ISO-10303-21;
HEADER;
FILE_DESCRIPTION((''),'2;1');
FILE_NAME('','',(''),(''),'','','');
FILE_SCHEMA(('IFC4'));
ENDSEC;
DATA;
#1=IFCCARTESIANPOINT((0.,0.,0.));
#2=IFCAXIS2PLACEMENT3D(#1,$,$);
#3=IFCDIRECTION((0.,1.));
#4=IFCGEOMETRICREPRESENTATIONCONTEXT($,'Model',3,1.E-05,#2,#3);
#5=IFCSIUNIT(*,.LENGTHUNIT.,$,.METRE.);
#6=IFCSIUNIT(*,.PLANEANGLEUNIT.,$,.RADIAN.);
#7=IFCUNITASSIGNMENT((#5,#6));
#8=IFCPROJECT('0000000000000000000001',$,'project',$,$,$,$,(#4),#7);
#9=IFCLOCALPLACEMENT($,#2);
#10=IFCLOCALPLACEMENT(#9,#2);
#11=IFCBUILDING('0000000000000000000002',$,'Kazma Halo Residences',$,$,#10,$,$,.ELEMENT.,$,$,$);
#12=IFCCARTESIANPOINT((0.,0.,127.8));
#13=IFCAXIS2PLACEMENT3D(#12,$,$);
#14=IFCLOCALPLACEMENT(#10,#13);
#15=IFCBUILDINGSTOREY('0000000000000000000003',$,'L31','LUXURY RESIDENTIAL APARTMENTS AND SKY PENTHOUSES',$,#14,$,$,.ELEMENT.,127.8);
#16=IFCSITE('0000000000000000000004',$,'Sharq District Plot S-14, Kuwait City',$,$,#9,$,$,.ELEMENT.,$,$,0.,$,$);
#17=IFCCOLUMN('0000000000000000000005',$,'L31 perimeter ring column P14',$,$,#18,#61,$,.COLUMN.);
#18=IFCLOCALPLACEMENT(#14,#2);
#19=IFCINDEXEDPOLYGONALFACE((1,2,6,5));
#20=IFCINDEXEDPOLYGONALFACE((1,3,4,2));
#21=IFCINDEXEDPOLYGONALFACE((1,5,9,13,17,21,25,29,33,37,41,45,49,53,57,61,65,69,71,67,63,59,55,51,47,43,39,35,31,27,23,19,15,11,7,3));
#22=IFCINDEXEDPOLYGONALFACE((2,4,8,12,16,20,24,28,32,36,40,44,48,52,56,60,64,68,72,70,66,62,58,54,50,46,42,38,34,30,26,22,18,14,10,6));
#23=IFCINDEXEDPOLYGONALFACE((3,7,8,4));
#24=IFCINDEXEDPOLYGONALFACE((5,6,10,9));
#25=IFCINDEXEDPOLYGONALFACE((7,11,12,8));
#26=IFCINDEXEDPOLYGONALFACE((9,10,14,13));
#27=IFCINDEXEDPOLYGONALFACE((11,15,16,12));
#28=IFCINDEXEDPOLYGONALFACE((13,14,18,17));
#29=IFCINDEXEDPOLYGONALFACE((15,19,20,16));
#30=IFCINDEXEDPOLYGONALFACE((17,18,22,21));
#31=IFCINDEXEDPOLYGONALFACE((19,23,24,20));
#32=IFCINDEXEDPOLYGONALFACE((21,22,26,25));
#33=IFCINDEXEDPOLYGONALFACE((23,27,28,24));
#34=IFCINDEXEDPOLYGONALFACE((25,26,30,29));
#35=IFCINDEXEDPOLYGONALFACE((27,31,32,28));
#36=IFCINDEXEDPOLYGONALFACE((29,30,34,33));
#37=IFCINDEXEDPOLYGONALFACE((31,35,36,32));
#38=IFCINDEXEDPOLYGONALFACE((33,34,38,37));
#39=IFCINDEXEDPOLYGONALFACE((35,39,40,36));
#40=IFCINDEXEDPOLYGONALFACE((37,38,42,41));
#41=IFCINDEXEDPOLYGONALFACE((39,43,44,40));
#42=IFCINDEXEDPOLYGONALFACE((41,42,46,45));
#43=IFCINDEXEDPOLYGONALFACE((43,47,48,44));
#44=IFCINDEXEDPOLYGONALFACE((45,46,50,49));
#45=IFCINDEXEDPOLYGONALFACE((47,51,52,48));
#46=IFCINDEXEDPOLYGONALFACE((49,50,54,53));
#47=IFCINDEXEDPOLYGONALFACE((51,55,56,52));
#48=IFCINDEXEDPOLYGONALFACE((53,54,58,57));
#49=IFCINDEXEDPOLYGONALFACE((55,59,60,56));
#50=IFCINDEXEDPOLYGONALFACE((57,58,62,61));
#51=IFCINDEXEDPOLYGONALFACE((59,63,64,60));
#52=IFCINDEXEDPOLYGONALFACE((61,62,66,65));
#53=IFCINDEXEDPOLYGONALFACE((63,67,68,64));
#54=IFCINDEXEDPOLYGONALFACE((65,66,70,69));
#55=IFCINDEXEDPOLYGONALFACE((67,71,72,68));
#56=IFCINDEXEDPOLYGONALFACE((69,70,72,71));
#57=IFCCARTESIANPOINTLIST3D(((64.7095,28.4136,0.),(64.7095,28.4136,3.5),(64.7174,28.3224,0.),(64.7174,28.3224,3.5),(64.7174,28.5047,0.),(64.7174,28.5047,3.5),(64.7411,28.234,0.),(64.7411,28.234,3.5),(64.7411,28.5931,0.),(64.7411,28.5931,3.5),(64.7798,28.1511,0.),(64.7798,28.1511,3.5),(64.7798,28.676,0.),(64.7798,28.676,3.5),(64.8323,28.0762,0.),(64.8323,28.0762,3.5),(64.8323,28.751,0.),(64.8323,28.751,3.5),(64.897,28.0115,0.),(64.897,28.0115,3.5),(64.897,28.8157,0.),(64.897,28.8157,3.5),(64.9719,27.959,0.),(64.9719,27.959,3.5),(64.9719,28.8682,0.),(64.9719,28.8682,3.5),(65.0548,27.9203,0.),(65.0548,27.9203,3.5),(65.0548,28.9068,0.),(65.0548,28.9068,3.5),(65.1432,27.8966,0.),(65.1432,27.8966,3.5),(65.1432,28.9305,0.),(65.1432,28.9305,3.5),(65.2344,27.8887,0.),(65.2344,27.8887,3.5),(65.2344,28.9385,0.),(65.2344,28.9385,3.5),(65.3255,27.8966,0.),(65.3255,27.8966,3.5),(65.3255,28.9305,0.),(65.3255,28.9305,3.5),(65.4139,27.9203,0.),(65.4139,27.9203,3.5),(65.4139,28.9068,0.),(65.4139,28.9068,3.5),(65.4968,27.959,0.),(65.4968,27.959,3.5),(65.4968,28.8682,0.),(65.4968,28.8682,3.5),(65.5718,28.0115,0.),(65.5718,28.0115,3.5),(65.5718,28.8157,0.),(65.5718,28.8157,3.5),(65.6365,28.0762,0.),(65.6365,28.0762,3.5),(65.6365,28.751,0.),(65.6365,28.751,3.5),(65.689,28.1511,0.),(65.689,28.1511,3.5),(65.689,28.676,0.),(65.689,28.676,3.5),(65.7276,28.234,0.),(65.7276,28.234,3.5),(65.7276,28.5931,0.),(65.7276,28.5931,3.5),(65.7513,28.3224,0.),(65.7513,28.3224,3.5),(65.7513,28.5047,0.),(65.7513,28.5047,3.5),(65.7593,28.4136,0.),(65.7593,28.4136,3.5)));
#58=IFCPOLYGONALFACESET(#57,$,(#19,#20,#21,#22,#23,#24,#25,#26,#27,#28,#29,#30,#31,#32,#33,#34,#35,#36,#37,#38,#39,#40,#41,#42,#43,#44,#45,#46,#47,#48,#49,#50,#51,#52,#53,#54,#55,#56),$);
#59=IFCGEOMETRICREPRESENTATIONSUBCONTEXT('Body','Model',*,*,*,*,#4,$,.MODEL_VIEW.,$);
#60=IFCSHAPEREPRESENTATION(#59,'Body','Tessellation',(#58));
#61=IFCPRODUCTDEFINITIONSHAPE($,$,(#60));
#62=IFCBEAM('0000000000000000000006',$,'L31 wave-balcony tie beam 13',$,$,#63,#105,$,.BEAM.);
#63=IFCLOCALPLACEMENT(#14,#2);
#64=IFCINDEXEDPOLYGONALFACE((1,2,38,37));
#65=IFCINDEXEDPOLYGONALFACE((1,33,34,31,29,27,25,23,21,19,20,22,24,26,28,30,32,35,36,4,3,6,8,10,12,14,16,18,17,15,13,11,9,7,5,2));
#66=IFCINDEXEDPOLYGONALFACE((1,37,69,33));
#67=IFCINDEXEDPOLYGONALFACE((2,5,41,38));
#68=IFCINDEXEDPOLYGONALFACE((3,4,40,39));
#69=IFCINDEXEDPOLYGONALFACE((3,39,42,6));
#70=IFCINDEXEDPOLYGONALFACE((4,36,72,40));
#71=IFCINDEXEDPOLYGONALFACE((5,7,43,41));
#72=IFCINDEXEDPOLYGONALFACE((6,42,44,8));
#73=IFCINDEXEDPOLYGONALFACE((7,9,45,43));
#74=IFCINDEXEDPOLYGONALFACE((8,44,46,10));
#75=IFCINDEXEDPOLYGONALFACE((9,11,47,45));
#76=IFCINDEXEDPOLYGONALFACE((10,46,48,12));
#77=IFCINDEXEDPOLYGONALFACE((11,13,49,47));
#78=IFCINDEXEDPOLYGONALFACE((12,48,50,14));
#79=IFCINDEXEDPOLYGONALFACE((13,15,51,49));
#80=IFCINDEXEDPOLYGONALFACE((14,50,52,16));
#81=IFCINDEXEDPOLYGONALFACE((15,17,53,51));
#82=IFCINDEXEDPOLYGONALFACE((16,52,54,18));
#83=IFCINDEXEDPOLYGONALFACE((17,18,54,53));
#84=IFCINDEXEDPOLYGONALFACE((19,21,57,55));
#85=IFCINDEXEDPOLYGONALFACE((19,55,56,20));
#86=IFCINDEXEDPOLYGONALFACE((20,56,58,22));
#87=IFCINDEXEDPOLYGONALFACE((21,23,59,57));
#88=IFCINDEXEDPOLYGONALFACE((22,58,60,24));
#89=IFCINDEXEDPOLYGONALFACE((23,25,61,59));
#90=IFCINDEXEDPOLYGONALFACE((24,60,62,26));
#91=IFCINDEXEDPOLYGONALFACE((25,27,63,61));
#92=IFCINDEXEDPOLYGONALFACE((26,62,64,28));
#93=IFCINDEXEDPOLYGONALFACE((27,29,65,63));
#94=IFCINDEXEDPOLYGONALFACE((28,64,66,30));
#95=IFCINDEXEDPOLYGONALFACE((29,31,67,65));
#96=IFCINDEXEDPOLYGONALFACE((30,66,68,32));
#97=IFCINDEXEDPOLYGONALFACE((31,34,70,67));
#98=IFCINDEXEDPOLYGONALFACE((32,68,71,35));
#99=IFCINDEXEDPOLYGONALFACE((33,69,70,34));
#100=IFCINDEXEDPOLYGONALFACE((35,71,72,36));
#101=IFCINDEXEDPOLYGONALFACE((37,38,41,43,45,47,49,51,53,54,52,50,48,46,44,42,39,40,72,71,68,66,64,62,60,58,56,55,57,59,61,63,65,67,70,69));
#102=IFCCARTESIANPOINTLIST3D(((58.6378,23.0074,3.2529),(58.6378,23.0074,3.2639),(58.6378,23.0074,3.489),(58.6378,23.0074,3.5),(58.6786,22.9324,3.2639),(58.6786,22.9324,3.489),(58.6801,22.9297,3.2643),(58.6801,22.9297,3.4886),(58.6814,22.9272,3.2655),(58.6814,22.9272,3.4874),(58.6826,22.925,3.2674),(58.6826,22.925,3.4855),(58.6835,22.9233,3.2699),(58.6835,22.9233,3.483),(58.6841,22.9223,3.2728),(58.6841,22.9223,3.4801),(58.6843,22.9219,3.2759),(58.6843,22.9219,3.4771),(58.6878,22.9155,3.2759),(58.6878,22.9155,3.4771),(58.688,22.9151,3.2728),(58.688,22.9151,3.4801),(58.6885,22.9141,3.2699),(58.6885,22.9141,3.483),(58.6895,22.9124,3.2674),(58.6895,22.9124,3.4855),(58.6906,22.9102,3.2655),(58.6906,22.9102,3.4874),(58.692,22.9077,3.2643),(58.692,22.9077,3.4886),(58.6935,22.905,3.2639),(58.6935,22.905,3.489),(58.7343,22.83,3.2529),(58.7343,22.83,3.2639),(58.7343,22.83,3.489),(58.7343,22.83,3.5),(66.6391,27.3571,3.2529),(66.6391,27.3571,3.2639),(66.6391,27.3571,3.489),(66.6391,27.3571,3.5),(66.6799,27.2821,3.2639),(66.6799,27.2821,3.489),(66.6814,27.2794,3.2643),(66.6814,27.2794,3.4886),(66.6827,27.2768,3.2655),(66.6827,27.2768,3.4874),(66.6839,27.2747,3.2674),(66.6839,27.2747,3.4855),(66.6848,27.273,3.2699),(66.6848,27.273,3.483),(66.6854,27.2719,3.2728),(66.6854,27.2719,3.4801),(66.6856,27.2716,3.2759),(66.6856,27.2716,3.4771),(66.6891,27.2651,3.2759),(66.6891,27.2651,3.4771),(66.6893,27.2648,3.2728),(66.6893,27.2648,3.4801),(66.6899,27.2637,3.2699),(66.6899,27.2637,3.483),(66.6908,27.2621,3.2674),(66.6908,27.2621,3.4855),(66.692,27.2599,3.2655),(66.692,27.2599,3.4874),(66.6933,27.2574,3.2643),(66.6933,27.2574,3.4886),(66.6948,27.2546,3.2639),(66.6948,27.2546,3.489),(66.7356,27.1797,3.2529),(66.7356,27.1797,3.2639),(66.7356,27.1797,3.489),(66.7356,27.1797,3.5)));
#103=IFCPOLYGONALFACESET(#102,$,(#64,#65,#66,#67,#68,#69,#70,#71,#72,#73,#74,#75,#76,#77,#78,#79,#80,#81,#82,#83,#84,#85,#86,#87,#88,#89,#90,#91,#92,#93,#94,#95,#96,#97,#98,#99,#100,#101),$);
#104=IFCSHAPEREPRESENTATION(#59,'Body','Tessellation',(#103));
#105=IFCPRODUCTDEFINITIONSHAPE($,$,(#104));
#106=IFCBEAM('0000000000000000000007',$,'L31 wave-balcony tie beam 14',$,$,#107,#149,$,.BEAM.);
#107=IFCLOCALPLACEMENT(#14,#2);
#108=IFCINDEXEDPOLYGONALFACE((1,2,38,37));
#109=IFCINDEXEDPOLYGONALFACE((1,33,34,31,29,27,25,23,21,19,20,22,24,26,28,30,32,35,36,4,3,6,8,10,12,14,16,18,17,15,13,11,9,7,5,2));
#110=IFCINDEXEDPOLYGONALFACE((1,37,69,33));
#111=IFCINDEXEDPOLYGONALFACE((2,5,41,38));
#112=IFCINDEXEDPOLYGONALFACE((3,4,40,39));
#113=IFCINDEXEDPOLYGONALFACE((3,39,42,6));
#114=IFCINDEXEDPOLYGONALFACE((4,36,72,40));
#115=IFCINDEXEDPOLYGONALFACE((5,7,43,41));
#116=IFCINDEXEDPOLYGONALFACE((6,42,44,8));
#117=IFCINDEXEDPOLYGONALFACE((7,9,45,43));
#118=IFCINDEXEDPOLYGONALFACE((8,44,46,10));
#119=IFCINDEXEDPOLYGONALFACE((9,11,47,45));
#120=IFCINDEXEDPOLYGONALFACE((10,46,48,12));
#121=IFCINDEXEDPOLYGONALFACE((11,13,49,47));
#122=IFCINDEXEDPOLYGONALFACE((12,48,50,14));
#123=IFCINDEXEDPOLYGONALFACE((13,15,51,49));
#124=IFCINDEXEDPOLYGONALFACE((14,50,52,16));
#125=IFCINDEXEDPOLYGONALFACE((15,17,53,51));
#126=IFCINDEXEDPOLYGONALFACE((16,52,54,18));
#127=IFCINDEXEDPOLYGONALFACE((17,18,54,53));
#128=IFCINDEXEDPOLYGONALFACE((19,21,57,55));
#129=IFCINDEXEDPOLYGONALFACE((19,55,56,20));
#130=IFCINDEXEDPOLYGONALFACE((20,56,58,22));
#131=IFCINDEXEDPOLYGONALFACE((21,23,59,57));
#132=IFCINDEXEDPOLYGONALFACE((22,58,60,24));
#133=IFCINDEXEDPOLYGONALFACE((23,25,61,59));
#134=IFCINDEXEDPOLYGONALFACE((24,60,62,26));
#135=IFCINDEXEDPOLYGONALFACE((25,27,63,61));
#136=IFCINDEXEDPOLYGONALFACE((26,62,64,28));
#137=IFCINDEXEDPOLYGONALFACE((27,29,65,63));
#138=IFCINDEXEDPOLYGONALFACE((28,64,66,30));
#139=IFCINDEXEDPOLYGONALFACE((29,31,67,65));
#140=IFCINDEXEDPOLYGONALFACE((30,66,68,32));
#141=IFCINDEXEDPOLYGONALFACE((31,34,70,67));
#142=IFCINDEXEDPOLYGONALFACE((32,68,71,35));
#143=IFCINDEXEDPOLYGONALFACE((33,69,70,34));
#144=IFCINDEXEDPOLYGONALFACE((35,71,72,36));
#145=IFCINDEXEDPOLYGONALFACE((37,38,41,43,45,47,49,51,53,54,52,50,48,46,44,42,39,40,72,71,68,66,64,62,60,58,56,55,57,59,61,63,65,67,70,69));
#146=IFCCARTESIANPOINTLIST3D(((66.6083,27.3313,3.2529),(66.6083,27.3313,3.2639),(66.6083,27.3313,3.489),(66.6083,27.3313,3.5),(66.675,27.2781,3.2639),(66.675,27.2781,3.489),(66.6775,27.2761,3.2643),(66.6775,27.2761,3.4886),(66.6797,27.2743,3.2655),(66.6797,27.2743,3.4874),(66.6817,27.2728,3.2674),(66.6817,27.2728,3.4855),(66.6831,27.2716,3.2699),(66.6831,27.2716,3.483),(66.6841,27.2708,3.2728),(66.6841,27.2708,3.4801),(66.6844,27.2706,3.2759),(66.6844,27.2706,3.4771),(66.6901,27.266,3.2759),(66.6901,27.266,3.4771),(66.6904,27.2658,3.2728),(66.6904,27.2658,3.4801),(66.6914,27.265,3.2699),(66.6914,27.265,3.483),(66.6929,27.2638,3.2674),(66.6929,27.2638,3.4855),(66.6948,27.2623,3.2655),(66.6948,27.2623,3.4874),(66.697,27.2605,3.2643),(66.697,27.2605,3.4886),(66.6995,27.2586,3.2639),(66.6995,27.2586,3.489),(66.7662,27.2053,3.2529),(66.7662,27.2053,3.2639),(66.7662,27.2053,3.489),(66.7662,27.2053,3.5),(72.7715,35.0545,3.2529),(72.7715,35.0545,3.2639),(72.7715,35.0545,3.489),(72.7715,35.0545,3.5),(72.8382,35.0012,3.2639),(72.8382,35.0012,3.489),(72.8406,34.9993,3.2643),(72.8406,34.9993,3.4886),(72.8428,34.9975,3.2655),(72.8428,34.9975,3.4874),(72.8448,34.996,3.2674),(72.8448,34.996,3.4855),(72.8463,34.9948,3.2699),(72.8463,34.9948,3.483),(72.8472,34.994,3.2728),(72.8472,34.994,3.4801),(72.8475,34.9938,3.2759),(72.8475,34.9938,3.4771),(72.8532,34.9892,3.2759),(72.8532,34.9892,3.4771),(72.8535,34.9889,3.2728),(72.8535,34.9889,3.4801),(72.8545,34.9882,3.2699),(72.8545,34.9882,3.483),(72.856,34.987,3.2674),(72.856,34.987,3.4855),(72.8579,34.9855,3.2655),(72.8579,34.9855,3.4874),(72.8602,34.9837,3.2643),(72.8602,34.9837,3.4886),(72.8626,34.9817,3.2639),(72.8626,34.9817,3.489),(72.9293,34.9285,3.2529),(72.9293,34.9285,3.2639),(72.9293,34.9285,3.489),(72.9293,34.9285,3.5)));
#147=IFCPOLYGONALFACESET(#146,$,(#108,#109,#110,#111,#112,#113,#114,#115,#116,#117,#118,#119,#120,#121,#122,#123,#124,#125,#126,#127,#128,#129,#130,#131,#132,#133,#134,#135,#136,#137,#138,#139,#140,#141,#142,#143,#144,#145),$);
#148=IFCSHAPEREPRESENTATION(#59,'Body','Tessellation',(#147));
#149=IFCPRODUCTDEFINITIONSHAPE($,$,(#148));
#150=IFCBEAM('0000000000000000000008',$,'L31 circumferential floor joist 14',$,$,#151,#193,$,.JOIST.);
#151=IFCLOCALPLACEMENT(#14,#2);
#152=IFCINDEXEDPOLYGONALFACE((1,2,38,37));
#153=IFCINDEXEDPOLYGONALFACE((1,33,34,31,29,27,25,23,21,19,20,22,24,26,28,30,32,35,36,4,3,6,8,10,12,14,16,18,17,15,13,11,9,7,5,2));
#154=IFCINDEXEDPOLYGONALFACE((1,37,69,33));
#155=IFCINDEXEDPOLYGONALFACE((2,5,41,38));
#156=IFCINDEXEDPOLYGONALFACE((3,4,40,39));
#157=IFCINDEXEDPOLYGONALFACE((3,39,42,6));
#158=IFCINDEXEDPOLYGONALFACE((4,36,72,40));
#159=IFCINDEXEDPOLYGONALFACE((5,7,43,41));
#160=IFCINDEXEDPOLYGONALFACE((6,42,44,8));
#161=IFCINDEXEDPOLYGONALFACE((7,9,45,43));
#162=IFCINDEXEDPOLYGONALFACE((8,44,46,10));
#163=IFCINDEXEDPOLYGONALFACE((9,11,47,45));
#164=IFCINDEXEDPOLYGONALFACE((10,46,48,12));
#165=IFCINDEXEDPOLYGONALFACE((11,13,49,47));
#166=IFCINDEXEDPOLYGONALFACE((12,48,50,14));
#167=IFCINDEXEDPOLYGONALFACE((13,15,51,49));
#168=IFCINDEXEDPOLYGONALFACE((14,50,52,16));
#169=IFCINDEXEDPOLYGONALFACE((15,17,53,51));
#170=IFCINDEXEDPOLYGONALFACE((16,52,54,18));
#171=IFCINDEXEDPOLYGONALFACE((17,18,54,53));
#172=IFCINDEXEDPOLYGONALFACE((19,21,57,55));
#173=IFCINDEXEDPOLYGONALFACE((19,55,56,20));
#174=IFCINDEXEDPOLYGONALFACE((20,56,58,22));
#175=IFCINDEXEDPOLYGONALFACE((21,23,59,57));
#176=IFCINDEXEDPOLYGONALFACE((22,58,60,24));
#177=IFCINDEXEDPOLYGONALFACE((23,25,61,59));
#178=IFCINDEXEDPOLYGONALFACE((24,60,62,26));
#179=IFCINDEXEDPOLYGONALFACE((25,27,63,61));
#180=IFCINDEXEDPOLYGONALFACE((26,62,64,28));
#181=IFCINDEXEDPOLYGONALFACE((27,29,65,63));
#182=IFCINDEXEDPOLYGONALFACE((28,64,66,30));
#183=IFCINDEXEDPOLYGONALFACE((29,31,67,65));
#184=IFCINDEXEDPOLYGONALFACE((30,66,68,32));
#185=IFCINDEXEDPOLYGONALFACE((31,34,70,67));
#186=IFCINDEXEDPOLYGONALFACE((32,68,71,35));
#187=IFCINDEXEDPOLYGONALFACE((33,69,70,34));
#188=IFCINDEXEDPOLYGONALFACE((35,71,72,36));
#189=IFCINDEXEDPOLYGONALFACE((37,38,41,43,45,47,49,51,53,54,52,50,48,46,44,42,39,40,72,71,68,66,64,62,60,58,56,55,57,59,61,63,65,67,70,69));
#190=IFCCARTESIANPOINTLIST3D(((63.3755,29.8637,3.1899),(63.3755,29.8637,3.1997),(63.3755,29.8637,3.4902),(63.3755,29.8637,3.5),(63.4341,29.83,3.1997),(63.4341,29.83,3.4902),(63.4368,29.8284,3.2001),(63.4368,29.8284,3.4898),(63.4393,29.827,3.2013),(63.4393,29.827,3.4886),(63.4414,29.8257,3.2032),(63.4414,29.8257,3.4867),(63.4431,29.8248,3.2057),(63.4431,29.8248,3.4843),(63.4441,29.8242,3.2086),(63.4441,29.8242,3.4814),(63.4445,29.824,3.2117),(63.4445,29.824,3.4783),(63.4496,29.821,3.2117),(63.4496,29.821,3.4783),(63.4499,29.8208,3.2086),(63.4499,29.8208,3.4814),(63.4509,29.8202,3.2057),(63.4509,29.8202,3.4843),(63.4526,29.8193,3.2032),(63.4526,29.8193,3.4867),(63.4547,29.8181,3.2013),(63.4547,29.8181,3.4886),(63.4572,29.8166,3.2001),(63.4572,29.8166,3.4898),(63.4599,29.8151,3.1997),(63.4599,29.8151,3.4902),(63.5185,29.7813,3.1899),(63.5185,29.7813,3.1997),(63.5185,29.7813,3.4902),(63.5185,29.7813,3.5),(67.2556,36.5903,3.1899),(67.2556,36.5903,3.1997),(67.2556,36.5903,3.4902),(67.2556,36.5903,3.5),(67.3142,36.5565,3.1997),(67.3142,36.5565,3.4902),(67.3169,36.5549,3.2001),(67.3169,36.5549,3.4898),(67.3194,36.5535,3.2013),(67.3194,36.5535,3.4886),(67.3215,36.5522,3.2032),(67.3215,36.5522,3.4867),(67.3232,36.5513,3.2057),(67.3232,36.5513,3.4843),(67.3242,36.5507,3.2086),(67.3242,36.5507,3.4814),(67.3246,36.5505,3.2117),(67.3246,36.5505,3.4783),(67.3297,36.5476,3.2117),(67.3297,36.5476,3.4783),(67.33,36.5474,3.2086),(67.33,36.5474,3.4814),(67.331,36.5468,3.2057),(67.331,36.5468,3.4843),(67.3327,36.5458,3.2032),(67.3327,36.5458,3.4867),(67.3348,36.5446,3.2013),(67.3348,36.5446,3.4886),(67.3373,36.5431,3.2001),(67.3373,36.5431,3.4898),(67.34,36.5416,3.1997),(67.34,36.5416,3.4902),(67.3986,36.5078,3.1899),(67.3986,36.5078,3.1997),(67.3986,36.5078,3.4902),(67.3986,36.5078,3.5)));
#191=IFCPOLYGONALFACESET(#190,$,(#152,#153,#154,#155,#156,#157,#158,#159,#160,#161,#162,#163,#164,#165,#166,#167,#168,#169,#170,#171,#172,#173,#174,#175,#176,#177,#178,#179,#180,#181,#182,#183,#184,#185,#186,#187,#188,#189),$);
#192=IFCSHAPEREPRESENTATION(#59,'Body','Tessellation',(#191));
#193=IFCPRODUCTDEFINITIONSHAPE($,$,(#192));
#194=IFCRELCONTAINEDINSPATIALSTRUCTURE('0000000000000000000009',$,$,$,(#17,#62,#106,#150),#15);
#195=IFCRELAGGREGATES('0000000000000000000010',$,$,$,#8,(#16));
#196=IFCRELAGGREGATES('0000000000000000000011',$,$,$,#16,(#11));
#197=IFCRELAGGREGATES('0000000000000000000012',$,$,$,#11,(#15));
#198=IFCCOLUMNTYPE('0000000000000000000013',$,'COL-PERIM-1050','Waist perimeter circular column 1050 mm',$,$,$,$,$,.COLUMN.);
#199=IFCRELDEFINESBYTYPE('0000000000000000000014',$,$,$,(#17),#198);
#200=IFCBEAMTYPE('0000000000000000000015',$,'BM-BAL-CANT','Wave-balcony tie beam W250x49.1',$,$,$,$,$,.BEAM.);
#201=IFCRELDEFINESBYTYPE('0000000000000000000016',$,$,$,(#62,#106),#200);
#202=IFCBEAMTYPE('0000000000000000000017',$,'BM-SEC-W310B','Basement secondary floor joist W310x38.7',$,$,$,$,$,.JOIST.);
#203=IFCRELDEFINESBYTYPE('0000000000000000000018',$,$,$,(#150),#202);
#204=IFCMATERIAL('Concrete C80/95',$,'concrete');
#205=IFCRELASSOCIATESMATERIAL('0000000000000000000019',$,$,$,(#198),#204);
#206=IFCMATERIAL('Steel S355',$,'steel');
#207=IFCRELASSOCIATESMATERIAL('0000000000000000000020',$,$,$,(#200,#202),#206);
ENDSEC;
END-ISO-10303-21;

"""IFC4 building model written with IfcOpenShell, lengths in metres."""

from ifc_helpers import new_model, si_unit, direction, frame, origin, origin_2d, place, context, subcontext, project, spatial, circle, i_section, extrude, material, material_profile, profile_set, type_object, element, save


model = new_model("IFC4")

# Units and contexts
model_context = context("Model", 3, precision=1e-05, world=origin(), true_north=direction((0.0, 1.0)))
body_context = subcontext(model_context, "Body", "Model", "MODEL_VIEW")
ifc_project = project(units=[si_unit("LENGTHUNIT", "METRE"), si_unit("PLANEANGLEUNIT", "RADIAN")], contexts=[model_context])

# Site, building, storey
site_placement = place(None, origin())
site = spatial("IfcSite", under=ifc_project, at=site_placement, Name="Sharq District Plot S-14, Kuwait City", CompositionType="ELEMENT", RefElevation=0.0)
building_placement = place(site_placement, origin())
building = spatial("IfcBuilding", under=site, at=building_placement, Name="Kazma Halo Residences", CompositionType="ELEMENT")
storey_placement = place(building_placement, frame((0.0, 0.0, 127.8)))
storey = spatial("IfcBuildingStorey", under=building, at=storey_placement, Name="L31", Description="LUXURY RESIDENTIAL APARTMENTS AND SKY PENTHOUSES", CompositionType="ELEMENT", Elevation=127.8)

# Column
ifc_material_1 = material(Name="Concrete C80/95", Category="concrete")
ifc_material_profile_1 = material_profile(ifc_material_1, circle(Radius=0.5249, at=origin_2d()), Name="CIRC1050")
ifc_profile_set_1 = profile_set([ifc_material_profile_1], Name="Concrete C80/95")
column_type = type_object("IfcColumnType", Name="COL-PERIM-1050", Description="Waist perimeter circular column 1050 mm", PredefinedType="COLUMN", material=ifc_profile_set_1)
column_placement = place(storey_placement, frame((65.2344, 28.4136, 0.0), z_axis=(0.0, 0.0, 1.0), x_axis=(1.0, 0.0, 0.0)))
element("IfcColumn", 1, at=column_placement, inside=storey, type_object=column_type, Name="L31 perimeter ring column P14", PredefinedType="COLUMN", context=body_context, shape_type="SweptSolid", body=[
    extrude(circle(Radius=0.5249, at=origin_2d()), origin(), (0.0, 0.0, 1.0), 3.5),
])

# Beams
ifc_material_2 = material(Name="Steel S355", Category="steel")
ifc_material_profile_2 = material_profile(ifc_material_2, i_section(OverallWidth=0.2019, OverallDepth=0.2471, WebThickness=0.0073, FlangeThickness=0.011, FilletRadius=0.012, at=origin_2d()), Name="W250x49.1")
ifc_profile_set_2 = profile_set([ifc_material_profile_2], Name="Steel S355")
beam_type_1 = type_object("IfcBeamType", Name="BM-BAL-CANT", Description="Wave-balcony tie beam W250x49.1", PredefinedType="BEAM", material=ifc_profile_set_2)
beam_1_placement = place(storey_placement, frame((58.686, 22.9187, 3.3765), z_axis=(0.878573, 0.477608, 0.0), x_axis=(-0.477608, 0.878573, 0.0)))
element("IfcBeam", 2, at=beam_1_placement, inside=storey, type_object=beam_type_1, Name="L31 wave-balcony tie beam 13", PredefinedType="BEAM", context=body_context, shape_type="SweptSolid", body=[
    extrude(i_section(OverallWidth=0.2019, OverallDepth=0.2471, WebThickness=0.0073, FlangeThickness=0.011, FilletRadius=0.012, at=origin_2d()), origin(), (0.0, 0.0, 1.0), 9.1072),
])
beam_2_placement = place(storey_placement, frame((66.6873, 27.2683, 3.3765), z_axis=(0.623742, 0.78163, 0.0), x_axis=(-0.78163, 0.623742, 0.0)))
element("IfcBeam", 3, at=beam_2_placement, inside=storey, type_object=beam_type_1, Name="L31 wave-balcony tie beam 14", PredefinedType="BEAM", context=body_context, shape_type="SweptSolid", body=[
    extrude(i_section(OverallWidth=0.2019, OverallDepth=0.2471, WebThickness=0.0073, FlangeThickness=0.011, FilletRadius=0.012, at=origin_2d()), origin(), (0.0, 0.0, 1.0), 9.8809),
])
ifc_material_profile_3 = material_profile(ifc_material_2, i_section(OverallWidth=0.165, OverallDepth=0.3101, WebThickness=0.0059, FlangeThickness=0.0098, FilletRadius=0.012, at=origin_2d()), Name="W310x38.7")
ifc_profile_set_3 = profile_set([ifc_material_profile_3], Name="Steel S355")
beam_type_2 = type_object("IfcBeamType", Name="BM-SEC-W310B", Description="Basement secondary floor joist W310x38.7", PredefinedType="JOIST", material=ifc_profile_set_3)
beam_3_placement = place(storey_placement, frame((63.447, 29.8225, 3.345), z_axis=(0.499666, 0.866218, 0.0), x_axis=(-0.866218, 0.499666, 0.0)))
element("IfcBeam", 4, at=beam_3_placement, inside=storey, type_object=beam_type_2, Name="L31 circumferential floor joist 14", PredefinedType="JOIST", context=body_context, shape_type="SweptSolid", body=[
    extrude(i_section(OverallWidth=0.165, OverallDepth=0.3101, WebThickness=0.0059, FlangeThickness=0.0098, FilletRadius=0.012, at=origin_2d()), origin(), (0.0, 0.0, 1.0), 7.7654),
])

save(model, "model.ifc")
